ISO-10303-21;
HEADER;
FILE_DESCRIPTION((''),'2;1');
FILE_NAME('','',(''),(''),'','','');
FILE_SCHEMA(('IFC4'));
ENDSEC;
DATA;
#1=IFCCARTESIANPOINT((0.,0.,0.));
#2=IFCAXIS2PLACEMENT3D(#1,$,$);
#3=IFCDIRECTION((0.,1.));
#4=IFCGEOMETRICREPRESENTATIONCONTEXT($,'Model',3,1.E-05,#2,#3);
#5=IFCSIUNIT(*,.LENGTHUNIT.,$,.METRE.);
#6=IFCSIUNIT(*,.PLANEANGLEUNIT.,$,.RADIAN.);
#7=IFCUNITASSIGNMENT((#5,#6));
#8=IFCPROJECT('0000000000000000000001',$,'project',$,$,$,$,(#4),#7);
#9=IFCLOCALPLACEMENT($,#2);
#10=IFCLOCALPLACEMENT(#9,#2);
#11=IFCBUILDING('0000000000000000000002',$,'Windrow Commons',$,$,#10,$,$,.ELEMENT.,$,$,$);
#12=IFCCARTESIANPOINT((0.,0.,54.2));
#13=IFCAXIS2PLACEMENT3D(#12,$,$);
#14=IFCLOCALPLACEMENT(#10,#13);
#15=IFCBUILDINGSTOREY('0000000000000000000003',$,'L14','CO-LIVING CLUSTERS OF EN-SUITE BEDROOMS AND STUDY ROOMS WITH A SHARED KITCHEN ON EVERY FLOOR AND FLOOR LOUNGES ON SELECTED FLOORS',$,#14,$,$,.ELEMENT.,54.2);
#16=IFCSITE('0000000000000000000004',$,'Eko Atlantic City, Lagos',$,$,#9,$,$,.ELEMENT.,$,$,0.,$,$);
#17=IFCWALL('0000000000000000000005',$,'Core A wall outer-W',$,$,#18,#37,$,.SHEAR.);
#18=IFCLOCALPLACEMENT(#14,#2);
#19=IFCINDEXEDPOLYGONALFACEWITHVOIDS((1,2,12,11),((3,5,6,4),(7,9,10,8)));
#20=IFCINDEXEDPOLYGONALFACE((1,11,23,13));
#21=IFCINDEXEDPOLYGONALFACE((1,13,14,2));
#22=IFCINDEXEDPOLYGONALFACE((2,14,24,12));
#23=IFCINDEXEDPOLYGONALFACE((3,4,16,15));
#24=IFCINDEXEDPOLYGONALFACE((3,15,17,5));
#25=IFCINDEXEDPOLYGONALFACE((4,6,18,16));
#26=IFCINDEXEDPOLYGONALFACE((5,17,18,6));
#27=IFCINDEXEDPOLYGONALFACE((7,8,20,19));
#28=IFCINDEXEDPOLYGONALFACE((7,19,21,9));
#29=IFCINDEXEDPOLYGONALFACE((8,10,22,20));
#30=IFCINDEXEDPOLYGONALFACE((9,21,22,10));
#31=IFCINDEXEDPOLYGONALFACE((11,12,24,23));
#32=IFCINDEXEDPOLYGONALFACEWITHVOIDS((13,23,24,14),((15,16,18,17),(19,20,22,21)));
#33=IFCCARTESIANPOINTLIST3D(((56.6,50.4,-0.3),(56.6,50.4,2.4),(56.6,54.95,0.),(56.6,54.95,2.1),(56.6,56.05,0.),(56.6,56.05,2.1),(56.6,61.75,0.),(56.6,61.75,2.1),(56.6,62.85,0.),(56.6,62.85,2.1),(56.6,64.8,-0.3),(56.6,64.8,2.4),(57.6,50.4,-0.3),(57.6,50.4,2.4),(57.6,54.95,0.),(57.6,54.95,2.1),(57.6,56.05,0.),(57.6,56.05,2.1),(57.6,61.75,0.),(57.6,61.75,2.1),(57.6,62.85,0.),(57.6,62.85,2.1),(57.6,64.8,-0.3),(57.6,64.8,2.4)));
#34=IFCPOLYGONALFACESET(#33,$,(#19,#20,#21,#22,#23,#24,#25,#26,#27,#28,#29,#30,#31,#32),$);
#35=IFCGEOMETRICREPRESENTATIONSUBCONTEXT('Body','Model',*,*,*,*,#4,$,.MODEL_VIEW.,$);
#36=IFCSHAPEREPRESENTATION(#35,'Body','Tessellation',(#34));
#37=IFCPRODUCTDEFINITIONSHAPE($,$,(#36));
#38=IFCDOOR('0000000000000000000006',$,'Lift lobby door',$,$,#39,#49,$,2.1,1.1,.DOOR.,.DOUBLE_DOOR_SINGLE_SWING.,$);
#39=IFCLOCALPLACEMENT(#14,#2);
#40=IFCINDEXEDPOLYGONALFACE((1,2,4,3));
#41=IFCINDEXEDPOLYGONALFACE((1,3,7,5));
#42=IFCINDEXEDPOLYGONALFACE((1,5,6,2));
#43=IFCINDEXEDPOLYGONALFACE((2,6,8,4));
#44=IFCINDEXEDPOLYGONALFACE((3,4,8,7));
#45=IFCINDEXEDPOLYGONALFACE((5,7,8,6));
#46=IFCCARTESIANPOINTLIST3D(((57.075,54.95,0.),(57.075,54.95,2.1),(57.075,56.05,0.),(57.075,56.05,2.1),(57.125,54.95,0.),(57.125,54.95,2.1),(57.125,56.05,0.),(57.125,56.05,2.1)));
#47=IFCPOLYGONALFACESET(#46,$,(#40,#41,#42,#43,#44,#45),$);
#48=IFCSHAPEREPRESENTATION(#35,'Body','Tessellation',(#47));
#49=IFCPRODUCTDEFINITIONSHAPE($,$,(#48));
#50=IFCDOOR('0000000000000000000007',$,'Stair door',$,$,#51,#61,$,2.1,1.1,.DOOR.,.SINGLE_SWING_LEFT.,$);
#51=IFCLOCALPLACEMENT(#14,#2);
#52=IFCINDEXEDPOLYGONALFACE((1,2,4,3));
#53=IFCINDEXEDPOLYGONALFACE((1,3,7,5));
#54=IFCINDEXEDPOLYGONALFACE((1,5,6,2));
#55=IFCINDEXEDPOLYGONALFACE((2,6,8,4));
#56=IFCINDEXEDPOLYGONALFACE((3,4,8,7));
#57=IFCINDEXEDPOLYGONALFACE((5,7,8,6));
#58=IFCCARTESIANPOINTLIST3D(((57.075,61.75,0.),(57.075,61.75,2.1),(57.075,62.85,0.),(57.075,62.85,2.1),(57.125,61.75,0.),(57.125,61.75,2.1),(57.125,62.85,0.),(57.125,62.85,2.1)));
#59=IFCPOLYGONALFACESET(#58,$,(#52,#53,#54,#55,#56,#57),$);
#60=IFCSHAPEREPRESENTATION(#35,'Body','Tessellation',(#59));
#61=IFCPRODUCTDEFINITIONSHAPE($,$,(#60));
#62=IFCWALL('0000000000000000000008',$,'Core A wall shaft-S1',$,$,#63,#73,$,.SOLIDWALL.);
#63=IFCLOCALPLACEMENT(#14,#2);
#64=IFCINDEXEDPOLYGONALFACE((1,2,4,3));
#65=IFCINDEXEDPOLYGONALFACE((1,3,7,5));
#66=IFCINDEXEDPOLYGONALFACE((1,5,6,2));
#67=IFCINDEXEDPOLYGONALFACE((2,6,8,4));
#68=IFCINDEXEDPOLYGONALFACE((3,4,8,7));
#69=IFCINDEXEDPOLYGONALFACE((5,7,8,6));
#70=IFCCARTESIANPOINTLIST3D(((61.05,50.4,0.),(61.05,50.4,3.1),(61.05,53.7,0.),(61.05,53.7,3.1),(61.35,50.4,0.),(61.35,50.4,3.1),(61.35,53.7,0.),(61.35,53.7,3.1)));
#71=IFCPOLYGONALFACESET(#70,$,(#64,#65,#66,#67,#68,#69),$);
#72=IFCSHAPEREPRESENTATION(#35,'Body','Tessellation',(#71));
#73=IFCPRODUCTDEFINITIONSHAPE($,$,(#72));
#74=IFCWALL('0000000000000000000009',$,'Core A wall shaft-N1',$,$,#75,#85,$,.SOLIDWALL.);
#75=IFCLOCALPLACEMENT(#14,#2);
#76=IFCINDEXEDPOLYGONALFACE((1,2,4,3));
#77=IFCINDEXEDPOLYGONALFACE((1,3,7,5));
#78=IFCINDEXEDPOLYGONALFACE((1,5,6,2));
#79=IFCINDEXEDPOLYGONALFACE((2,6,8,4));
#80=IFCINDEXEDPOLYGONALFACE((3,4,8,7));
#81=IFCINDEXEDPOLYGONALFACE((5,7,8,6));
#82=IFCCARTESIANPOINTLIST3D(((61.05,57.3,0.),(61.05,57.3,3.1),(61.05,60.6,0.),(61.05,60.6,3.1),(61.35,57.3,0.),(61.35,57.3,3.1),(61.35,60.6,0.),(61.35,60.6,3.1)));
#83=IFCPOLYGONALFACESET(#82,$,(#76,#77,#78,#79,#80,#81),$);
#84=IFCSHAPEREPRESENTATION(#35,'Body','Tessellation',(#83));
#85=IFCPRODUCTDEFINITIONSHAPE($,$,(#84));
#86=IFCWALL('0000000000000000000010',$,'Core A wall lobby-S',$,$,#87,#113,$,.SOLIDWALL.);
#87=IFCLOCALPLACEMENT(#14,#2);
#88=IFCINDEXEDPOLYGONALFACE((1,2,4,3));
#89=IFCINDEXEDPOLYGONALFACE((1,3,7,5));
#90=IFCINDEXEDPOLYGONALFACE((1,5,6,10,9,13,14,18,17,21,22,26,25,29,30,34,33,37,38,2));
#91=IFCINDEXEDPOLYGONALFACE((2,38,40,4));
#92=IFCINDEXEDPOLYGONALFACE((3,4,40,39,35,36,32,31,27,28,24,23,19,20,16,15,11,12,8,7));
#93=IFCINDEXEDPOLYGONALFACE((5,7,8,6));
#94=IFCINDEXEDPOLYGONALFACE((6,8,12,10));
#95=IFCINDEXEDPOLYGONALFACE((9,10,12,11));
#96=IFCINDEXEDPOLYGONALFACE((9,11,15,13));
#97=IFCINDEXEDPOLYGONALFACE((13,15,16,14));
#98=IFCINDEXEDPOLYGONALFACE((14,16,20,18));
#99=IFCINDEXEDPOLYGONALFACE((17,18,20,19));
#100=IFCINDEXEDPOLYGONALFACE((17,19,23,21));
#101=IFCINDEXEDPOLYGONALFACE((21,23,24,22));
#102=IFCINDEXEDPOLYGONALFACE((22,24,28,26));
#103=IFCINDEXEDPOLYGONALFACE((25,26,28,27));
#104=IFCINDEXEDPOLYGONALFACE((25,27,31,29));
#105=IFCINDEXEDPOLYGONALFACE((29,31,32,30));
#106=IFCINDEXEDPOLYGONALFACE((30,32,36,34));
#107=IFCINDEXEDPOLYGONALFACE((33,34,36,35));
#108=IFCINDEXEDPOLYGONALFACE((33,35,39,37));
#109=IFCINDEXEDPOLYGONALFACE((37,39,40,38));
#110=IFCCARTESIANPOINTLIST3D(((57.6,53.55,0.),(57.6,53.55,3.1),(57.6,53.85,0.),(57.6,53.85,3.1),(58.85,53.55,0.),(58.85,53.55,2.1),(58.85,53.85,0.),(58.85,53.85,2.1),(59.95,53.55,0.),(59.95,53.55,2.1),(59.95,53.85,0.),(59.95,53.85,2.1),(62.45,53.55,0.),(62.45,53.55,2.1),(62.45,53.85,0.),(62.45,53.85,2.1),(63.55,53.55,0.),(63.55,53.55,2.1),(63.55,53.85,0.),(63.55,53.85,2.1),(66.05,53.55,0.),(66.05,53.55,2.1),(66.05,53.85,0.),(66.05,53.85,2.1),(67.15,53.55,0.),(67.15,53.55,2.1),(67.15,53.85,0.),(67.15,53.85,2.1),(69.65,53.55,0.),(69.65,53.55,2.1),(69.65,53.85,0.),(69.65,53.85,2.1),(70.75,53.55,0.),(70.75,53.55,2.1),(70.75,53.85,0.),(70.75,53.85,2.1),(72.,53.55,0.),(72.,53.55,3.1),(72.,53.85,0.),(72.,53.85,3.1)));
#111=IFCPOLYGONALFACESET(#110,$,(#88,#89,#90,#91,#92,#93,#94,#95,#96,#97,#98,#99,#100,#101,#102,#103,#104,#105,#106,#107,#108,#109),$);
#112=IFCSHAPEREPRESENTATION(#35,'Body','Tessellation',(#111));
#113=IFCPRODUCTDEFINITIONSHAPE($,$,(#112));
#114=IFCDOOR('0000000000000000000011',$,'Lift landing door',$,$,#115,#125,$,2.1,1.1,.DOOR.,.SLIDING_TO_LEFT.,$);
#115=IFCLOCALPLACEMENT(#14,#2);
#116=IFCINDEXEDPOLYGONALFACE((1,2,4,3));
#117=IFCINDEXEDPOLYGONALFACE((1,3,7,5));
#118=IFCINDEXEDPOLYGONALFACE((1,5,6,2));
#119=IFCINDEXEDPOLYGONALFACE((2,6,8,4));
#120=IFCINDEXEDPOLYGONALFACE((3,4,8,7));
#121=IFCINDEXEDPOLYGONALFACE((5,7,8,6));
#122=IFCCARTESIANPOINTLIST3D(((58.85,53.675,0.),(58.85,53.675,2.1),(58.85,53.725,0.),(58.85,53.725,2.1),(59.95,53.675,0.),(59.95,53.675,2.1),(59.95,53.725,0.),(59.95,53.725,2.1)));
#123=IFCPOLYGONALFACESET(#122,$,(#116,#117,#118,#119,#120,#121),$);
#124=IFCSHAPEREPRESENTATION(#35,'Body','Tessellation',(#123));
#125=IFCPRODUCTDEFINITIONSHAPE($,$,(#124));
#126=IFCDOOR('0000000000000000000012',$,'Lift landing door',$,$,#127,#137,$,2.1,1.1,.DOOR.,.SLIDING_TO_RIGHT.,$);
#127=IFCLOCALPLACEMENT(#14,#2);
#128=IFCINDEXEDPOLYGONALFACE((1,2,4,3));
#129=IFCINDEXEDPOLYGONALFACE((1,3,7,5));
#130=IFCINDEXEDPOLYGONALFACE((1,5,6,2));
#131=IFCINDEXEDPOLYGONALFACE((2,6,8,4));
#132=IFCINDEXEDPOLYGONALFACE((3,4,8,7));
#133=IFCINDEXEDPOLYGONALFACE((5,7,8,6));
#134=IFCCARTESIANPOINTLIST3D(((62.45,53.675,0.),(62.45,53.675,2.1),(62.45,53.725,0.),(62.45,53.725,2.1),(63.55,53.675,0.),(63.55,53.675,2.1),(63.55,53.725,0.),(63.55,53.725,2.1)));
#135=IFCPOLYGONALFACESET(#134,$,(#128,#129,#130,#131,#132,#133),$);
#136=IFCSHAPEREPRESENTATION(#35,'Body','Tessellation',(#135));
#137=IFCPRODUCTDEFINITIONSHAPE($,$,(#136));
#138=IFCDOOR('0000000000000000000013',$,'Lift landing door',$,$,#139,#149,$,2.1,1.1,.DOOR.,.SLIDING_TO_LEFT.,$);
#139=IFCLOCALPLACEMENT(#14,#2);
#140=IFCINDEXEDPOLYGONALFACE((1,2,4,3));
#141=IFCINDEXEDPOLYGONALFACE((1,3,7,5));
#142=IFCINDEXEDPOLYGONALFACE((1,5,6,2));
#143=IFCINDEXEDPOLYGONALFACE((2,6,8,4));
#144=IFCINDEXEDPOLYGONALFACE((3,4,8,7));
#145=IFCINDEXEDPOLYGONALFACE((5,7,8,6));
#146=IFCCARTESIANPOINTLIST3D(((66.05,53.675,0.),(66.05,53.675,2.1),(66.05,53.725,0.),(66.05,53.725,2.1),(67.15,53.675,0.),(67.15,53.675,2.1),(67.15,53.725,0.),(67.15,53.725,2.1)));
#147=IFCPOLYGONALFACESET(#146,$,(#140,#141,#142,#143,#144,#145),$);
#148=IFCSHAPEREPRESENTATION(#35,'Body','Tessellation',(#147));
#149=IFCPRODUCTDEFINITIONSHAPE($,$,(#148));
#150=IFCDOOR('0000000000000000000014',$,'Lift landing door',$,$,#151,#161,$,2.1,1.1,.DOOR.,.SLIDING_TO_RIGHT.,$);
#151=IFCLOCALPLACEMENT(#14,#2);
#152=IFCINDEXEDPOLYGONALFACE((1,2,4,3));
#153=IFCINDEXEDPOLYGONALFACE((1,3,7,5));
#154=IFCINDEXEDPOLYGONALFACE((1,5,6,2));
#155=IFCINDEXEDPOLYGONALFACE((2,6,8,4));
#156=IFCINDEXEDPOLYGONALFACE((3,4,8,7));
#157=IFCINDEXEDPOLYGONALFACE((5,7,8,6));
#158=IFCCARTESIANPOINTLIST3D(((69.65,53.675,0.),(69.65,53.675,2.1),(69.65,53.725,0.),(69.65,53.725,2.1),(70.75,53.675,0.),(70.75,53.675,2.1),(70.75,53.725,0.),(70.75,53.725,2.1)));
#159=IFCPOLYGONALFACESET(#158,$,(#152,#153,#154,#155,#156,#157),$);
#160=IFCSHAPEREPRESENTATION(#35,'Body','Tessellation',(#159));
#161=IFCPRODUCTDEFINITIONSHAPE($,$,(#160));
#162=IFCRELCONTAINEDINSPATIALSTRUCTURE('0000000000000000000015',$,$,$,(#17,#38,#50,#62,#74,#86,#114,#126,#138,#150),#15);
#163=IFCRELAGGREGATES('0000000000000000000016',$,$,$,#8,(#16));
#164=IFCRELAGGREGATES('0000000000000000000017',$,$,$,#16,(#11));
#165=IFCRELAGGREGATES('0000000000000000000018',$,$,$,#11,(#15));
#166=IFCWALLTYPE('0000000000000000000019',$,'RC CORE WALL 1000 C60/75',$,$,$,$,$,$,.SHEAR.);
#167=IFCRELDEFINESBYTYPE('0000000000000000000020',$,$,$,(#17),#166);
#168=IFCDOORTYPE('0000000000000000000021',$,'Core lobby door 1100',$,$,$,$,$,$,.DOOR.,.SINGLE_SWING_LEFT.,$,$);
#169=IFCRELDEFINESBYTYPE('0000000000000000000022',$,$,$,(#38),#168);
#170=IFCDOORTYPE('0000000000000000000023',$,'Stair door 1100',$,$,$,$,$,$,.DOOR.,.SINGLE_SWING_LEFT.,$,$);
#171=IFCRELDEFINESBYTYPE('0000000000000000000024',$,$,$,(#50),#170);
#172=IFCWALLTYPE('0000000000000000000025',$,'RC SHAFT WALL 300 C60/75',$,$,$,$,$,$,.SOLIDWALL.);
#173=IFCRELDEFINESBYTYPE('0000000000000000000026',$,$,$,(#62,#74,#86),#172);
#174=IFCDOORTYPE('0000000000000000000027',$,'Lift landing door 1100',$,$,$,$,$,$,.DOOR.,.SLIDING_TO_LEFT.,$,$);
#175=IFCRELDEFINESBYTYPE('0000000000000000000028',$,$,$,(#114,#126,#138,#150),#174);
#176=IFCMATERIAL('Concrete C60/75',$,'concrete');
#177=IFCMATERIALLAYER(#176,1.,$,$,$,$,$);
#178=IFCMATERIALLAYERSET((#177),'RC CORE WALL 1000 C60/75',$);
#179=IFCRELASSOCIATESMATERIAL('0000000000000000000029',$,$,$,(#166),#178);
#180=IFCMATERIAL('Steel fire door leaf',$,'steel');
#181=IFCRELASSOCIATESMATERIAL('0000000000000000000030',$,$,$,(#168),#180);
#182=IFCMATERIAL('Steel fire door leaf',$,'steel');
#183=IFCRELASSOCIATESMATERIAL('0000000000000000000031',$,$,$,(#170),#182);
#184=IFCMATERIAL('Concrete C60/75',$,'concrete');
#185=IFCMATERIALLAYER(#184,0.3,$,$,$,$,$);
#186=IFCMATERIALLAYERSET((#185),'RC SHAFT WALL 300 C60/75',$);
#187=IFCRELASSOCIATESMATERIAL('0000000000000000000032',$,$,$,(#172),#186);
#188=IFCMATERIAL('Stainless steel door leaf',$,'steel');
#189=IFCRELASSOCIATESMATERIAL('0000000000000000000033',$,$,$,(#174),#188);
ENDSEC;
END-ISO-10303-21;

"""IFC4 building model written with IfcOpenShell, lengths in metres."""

from ifc_helpers import new_model, si_unit, direction, frame, frame_2d, origin, place, context, subcontext, project, spatial, rectangle, extrude, material, layer, layer_set, type_object, element, fill, save


model = new_model("IFC4")

# Units and contexts
model_context = context("Model", 3, precision=1e-05, world=origin(), true_north=direction((0.0, 1.0)))
body_context = subcontext(model_context, "Body", "Model", "MODEL_VIEW")
ifc_project = project(units=[si_unit("LENGTHUNIT", "METRE"), si_unit("PLANEANGLEUNIT", "RADIAN")], contexts=[model_context])

# Site, building, storey
site_placement = place(None, origin())
site = spatial("IfcSite", under=ifc_project, at=site_placement, Name="Eko Atlantic City, Lagos", CompositionType="ELEMENT", RefElevation=0.0)
building_placement = place(site_placement, origin())
building = spatial("IfcBuilding", under=site, at=building_placement, Name="Windrow Commons", CompositionType="ELEMENT")
storey_placement = place(building_placement, frame((0.0, 0.0, 54.2)))
storey = spatial("IfcBuildingStorey", under=building, at=storey_placement, Name="L14", Description="CO-LIVING CLUSTERS OF EN-SUITE BEDROOMS AND STUDY ROOMS WITH A SHARED KITCHEN ON EVERY FLOOR AND FLOOR LOUNGES ON SELECTED FLOORS", CompositionType="ELEMENT", Elevation=54.2)

# Shared definitions
ifc_material_1 = material(Name="Concrete C60/75", Category="concrete")
ifc_layer_1 = layer(ifc_material_1, 1.0)
ifc_layer_set_1 = layer_set([ifc_layer_1], Name="RC CORE WALL 1000 C60/75")
wall_type_1 = type_object("IfcWallType", Name="RC CORE WALL 1000 C60/75", PredefinedType="SHEAR", material=ifc_layer_set_1)

# Wall, openings, doors
wall_1_placement = place(storey_placement, frame((57.1, 50.4, -0.3), z_axis=(0.0, 0.0, 1.0), x_axis=(0.0, 1.0, 0.0)))
wall_1 = element("IfcWall", 1, at=wall_1_placement, inside=storey, type_object=wall_type_1, Name="Core A wall outer-W", PredefinedType="SHEAR", context=body_context, shape_type="SweptSolid", body=[
    extrude(rectangle(XDim=14.4, YDim=1.0, at=frame_2d((7.2, 0.0))), origin(), (0.0, 0.0, 1.0), 2.7),
])
opening_1_placement = place(wall_1_placement, frame((4.55, 0.0, 0.3)))
opening_1 = element("IfcOpeningElement", 2, at=opening_1_placement, cuts=wall_1, PredefinedType="OPENING", context=body_context, shape_type="SweptSolid", body=[
    extrude(rectangle(XDim=1.1, YDim=2.1, at=frame_2d((0.55, 1.05))), frame((0.0, 0.51, 0.0), z_axis=(0.0, -1.0, 0.0), x_axis=(1.0, 0.0, 0.0)), (0.0, 0.0, 1.0), 1.02),
])
opening_2_placement = place(wall_1_placement, frame((11.35, 0.0, 0.3)))
opening_2 = element("IfcOpeningElement", 3, at=opening_2_placement, cuts=wall_1, PredefinedType="OPENING", context=body_context, shape_type="SweptSolid", body=[
    extrude(rectangle(XDim=1.1, YDim=2.1, at=frame_2d((0.55, 1.05))), frame((0.0, 0.51, 0.0), z_axis=(0.0, -1.0, 0.0), x_axis=(1.0, 0.0, 0.0)), (0.0, 0.0, 1.0), 1.02),
])
ifc_material_2 = material(Name="Steel fire door leaf", Category="steel")
door_type_1 = type_object("IfcDoorType", Name="Core lobby door 1100", OperationType="SINGLE_SWING_LEFT", PredefinedType="DOOR", material=ifc_material_2)
door_1_placement = place(opening_1_placement, origin())
door_1 = element("IfcDoor", 4, at=door_1_placement, inside=storey, type_object=door_type_1, Name="Lift lobby door", OperationType="DOUBLE_DOOR_SINGLE_SWING", OverallHeight=2.1, OverallWidth=1.1, PredefinedType="DOOR", context=body_context, shape_type="SweptSolid", body=[
    extrude(rectangle(XDim=1.1, YDim=2.1, at=frame_2d((0.55, 1.05))), frame((0.0, 0.025, 0.0), z_axis=(0.0, -1.0, 0.0), x_axis=(1.0, 0.0, 0.0)), (0.0, 0.0, 1.0), 0.05),
])
fill(opening_1, door_1)
ifc_material_3 = material(Name="Steel fire door leaf", Category="steel")
door_type_2 = type_object("IfcDoorType", Name="Stair door 1100", OperationType="SINGLE_SWING_LEFT", PredefinedType="DOOR", material=ifc_material_3)
door_2_placement = place(opening_2_placement, origin())
door_2 = element("IfcDoor", 5, at=door_2_placement, inside=storey, type_object=door_type_2, Name="Stair door", OperationType="SINGLE_SWING_LEFT", OverallHeight=2.1, OverallWidth=1.1, PredefinedType="DOOR", context=body_context, shape_type="SweptSolid", body=[
    extrude(rectangle(XDim=1.1, YDim=2.1, at=frame_2d((0.55, 1.05))), frame((0.0, 0.025, 0.0), z_axis=(0.0, -1.0, 0.0), x_axis=(1.0, 0.0, 0.0)), (0.0, 0.0, 1.0), 0.05),
])
fill(opening_2, door_2)

# Walls
ifc_material_4 = material(Name="Concrete C60/75", Category="concrete")
ifc_layer_2 = layer(ifc_material_4, 0.3)
ifc_layer_set_2 = layer_set([ifc_layer_2], Name="RC SHAFT WALL 300 C60/75")
wall_type_2 = type_object("IfcWallType", Name="RC SHAFT WALL 300 C60/75", PredefinedType="SOLIDWALL", material=ifc_layer_set_2)
for number, where, z_axis, x_axis, name in (
    (6, (61.2, 50.4, 0.0), (0.0, 0.0, 1.0), (0.0, 1.0, 0.0), "Core A wall shaft-S1"),
    (7, (61.2, 57.3, 0.0), (0.0, 0.0, 1.0), (0.0, 1.0, 0.0), "Core A wall shaft-N1"),
):
    element("IfcWall", number, at=place(storey_placement, frame(where, z_axis=z_axis, x_axis=x_axis)), inside=storey, type_object=wall_type_2, Name=name, PredefinedType="SOLIDWALL", context=body_context, shape_type="SweptSolid", body=[
        extrude(rectangle(XDim=3.3, YDim=0.3, at=frame_2d((1.65, 0.0))), origin(), (0.0, 0.0, 1.0), 3.1),
    ])

# Wall, openings, doors
wall_2_placement = place(storey_placement, frame((57.6, 53.7, 0.0), z_axis=(0.0, 0.0, 1.0), x_axis=(1.0, 0.0, 0.0)))
wall_2 = element("IfcWall", 8, at=wall_2_placement, inside=storey, type_object=wall_type_2, Name="Core A wall lobby-S", PredefinedType="SOLIDWALL", context=body_context, shape_type="SweptSolid", body=[
    extrude(rectangle(XDim=14.4, YDim=0.3, at=frame_2d((7.2, 0.0))), origin(), (0.0, 0.0, 1.0), 3.1),
])
opening_3_placement = place(wall_2_placement, frame((1.25, 0.0, 0.0)))
opening_3 = element("IfcOpeningElement", 9, at=opening_3_placement, cuts=wall_2, PredefinedType="OPENING", context=body_context, shape_type="SweptSolid", body=[
    extrude(rectangle(XDim=1.1, YDim=2.1, at=frame_2d((0.55, 1.05))), frame((0.0, 0.16, 0.0), z_axis=(0.0, -1.0, 0.0), x_axis=(1.0, 0.0, 0.0)), (0.0, 0.0, 1.0), 0.32),
])
opening_4_placement = place(wall_2_placement, frame((4.85, 0.0, 0.0)))
opening_4 = element("IfcOpeningElement", 10, at=opening_4_placement, cuts=wall_2, PredefinedType="OPENING", context=body_context, shape_type="SweptSolid", body=[
    extrude(rectangle(XDim=1.1, YDim=2.1, at=frame_2d((0.55, 1.05))), frame((0.0, 0.16, 0.0), z_axis=(0.0, -1.0, 0.0), x_axis=(1.0, 0.0, 0.0)), (0.0, 0.0, 1.0), 0.32),
])
opening_5_placement = place(wall_2_placement, frame((8.45, 0.0, 0.0)))
opening_5 = element("IfcOpeningElement", 11, at=opening_5_placement, cuts=wall_2, PredefinedType="OPENING", context=body_context, shape_type="SweptSolid", body=[
    extrude(rectangle(XDim=1.1, YDim=2.1, at=frame_2d((0.55, 1.05))), frame((0.0, 0.16, 0.0), z_axis=(0.0, -1.0, 0.0), x_axis=(1.0, 0.0, 0.0)), (0.0, 0.0, 1.0), 0.32),
])
opening_6_placement = place(wall_2_placement, frame((12.05, 0.0, 0.0)))
opening_6 = element("IfcOpeningElement", 12, at=opening_6_placement, cuts=wall_2, PredefinedType="OPENING", context=body_context, shape_type="SweptSolid", body=[
    extrude(rectangle(XDim=1.1, YDim=2.1, at=frame_2d((0.55, 1.05))), frame((0.0, 0.16, 0.0), z_axis=(0.0, -1.0, 0.0), x_axis=(1.0, 0.0, 0.0)), (0.0, 0.0, 1.0), 0.32),
])
ifc_material_5 = material(Name="Stainless steel door leaf", Category="steel")
door_type_3 = type_object("IfcDoorType", Name="Lift landing door 1100", OperationType="SLIDING_TO_LEFT", PredefinedType="DOOR", material=ifc_material_5)
door_3_placement = place(opening_3_placement, origin())
door_3 = element("IfcDoor", 13, at=door_3_placement, inside=storey, type_object=door_type_3, Name="Lift landing door", OperationType="SLIDING_TO_LEFT", OverallHeight=2.1, OverallWidth=1.1, PredefinedType="DOOR", context=body_context, shape_type="SweptSolid", body=[
    extrude(rectangle(XDim=1.1, YDim=2.1, at=frame_2d((0.55, 1.05))), frame((0.0, 0.025, 0.0), z_axis=(0.0, -1.0, 0.0), x_axis=(1.0, 0.0, 0.0)), (0.0, 0.0, 1.0), 0.05),
])
fill(opening_3, door_3)
door_4_placement = place(opening_4_placement, origin())
door_4 = element("IfcDoor", 14, at=door_4_placement, inside=storey, type_object=door_type_3, Name="Lift landing door", OperationType="SLIDING_TO_RIGHT", OverallHeight=2.1, OverallWidth=1.1, PredefinedType="DOOR", context=body_context, shape_type="SweptSolid", body=[
    extrude(rectangle(XDim=1.1, YDim=2.1, at=frame_2d((0.55, 1.05))), frame((0.0, 0.025, 0.0), z_axis=(0.0, -1.0, 0.0), x_axis=(1.0, 0.0, 0.0)), (0.0, 0.0, 1.0), 0.05),
])
fill(opening_4, door_4)
door_5_placement = place(opening_5_placement, origin())
door_5 = element("IfcDoor", 15, at=door_5_placement, inside=storey, type_object=door_type_3, Name="Lift landing door", OperationType="SLIDING_TO_LEFT", OverallHeight=2.1, OverallWidth=1.1, PredefinedType="DOOR", context=body_context, shape_type="SweptSolid", body=[
    extrude(rectangle(XDim=1.1, YDim=2.1, at=frame_2d((0.55, 1.05))), frame((0.0, 0.025, 0.0), z_axis=(0.0, -1.0, 0.0), x_axis=(1.0, 0.0, 0.0)), (0.0, 0.0, 1.0), 0.05),
])
fill(opening_5, door_5)
door_6_placement = place(opening_6_placement, origin())
door_6 = element("IfcDoor", 16, at=door_6_placement, inside=storey, type_object=door_type_3, Name="Lift landing door", OperationType="SLIDING_TO_RIGHT", OverallHeight=2.1, OverallWidth=1.1, PredefinedType="DOOR", context=body_context, shape_type="SweptSolid", body=[
    extrude(rectangle(XDim=1.1, YDim=2.1, at=frame_2d((0.55, 1.05))), frame((0.0, 0.025, 0.0), z_axis=(0.0, -1.0, 0.0), x_axis=(1.0, 0.0, 0.0)), (0.0, 0.0, 1.0), 0.05),
])
fill(opening_6, door_6)

save(model, "model.ifc")
